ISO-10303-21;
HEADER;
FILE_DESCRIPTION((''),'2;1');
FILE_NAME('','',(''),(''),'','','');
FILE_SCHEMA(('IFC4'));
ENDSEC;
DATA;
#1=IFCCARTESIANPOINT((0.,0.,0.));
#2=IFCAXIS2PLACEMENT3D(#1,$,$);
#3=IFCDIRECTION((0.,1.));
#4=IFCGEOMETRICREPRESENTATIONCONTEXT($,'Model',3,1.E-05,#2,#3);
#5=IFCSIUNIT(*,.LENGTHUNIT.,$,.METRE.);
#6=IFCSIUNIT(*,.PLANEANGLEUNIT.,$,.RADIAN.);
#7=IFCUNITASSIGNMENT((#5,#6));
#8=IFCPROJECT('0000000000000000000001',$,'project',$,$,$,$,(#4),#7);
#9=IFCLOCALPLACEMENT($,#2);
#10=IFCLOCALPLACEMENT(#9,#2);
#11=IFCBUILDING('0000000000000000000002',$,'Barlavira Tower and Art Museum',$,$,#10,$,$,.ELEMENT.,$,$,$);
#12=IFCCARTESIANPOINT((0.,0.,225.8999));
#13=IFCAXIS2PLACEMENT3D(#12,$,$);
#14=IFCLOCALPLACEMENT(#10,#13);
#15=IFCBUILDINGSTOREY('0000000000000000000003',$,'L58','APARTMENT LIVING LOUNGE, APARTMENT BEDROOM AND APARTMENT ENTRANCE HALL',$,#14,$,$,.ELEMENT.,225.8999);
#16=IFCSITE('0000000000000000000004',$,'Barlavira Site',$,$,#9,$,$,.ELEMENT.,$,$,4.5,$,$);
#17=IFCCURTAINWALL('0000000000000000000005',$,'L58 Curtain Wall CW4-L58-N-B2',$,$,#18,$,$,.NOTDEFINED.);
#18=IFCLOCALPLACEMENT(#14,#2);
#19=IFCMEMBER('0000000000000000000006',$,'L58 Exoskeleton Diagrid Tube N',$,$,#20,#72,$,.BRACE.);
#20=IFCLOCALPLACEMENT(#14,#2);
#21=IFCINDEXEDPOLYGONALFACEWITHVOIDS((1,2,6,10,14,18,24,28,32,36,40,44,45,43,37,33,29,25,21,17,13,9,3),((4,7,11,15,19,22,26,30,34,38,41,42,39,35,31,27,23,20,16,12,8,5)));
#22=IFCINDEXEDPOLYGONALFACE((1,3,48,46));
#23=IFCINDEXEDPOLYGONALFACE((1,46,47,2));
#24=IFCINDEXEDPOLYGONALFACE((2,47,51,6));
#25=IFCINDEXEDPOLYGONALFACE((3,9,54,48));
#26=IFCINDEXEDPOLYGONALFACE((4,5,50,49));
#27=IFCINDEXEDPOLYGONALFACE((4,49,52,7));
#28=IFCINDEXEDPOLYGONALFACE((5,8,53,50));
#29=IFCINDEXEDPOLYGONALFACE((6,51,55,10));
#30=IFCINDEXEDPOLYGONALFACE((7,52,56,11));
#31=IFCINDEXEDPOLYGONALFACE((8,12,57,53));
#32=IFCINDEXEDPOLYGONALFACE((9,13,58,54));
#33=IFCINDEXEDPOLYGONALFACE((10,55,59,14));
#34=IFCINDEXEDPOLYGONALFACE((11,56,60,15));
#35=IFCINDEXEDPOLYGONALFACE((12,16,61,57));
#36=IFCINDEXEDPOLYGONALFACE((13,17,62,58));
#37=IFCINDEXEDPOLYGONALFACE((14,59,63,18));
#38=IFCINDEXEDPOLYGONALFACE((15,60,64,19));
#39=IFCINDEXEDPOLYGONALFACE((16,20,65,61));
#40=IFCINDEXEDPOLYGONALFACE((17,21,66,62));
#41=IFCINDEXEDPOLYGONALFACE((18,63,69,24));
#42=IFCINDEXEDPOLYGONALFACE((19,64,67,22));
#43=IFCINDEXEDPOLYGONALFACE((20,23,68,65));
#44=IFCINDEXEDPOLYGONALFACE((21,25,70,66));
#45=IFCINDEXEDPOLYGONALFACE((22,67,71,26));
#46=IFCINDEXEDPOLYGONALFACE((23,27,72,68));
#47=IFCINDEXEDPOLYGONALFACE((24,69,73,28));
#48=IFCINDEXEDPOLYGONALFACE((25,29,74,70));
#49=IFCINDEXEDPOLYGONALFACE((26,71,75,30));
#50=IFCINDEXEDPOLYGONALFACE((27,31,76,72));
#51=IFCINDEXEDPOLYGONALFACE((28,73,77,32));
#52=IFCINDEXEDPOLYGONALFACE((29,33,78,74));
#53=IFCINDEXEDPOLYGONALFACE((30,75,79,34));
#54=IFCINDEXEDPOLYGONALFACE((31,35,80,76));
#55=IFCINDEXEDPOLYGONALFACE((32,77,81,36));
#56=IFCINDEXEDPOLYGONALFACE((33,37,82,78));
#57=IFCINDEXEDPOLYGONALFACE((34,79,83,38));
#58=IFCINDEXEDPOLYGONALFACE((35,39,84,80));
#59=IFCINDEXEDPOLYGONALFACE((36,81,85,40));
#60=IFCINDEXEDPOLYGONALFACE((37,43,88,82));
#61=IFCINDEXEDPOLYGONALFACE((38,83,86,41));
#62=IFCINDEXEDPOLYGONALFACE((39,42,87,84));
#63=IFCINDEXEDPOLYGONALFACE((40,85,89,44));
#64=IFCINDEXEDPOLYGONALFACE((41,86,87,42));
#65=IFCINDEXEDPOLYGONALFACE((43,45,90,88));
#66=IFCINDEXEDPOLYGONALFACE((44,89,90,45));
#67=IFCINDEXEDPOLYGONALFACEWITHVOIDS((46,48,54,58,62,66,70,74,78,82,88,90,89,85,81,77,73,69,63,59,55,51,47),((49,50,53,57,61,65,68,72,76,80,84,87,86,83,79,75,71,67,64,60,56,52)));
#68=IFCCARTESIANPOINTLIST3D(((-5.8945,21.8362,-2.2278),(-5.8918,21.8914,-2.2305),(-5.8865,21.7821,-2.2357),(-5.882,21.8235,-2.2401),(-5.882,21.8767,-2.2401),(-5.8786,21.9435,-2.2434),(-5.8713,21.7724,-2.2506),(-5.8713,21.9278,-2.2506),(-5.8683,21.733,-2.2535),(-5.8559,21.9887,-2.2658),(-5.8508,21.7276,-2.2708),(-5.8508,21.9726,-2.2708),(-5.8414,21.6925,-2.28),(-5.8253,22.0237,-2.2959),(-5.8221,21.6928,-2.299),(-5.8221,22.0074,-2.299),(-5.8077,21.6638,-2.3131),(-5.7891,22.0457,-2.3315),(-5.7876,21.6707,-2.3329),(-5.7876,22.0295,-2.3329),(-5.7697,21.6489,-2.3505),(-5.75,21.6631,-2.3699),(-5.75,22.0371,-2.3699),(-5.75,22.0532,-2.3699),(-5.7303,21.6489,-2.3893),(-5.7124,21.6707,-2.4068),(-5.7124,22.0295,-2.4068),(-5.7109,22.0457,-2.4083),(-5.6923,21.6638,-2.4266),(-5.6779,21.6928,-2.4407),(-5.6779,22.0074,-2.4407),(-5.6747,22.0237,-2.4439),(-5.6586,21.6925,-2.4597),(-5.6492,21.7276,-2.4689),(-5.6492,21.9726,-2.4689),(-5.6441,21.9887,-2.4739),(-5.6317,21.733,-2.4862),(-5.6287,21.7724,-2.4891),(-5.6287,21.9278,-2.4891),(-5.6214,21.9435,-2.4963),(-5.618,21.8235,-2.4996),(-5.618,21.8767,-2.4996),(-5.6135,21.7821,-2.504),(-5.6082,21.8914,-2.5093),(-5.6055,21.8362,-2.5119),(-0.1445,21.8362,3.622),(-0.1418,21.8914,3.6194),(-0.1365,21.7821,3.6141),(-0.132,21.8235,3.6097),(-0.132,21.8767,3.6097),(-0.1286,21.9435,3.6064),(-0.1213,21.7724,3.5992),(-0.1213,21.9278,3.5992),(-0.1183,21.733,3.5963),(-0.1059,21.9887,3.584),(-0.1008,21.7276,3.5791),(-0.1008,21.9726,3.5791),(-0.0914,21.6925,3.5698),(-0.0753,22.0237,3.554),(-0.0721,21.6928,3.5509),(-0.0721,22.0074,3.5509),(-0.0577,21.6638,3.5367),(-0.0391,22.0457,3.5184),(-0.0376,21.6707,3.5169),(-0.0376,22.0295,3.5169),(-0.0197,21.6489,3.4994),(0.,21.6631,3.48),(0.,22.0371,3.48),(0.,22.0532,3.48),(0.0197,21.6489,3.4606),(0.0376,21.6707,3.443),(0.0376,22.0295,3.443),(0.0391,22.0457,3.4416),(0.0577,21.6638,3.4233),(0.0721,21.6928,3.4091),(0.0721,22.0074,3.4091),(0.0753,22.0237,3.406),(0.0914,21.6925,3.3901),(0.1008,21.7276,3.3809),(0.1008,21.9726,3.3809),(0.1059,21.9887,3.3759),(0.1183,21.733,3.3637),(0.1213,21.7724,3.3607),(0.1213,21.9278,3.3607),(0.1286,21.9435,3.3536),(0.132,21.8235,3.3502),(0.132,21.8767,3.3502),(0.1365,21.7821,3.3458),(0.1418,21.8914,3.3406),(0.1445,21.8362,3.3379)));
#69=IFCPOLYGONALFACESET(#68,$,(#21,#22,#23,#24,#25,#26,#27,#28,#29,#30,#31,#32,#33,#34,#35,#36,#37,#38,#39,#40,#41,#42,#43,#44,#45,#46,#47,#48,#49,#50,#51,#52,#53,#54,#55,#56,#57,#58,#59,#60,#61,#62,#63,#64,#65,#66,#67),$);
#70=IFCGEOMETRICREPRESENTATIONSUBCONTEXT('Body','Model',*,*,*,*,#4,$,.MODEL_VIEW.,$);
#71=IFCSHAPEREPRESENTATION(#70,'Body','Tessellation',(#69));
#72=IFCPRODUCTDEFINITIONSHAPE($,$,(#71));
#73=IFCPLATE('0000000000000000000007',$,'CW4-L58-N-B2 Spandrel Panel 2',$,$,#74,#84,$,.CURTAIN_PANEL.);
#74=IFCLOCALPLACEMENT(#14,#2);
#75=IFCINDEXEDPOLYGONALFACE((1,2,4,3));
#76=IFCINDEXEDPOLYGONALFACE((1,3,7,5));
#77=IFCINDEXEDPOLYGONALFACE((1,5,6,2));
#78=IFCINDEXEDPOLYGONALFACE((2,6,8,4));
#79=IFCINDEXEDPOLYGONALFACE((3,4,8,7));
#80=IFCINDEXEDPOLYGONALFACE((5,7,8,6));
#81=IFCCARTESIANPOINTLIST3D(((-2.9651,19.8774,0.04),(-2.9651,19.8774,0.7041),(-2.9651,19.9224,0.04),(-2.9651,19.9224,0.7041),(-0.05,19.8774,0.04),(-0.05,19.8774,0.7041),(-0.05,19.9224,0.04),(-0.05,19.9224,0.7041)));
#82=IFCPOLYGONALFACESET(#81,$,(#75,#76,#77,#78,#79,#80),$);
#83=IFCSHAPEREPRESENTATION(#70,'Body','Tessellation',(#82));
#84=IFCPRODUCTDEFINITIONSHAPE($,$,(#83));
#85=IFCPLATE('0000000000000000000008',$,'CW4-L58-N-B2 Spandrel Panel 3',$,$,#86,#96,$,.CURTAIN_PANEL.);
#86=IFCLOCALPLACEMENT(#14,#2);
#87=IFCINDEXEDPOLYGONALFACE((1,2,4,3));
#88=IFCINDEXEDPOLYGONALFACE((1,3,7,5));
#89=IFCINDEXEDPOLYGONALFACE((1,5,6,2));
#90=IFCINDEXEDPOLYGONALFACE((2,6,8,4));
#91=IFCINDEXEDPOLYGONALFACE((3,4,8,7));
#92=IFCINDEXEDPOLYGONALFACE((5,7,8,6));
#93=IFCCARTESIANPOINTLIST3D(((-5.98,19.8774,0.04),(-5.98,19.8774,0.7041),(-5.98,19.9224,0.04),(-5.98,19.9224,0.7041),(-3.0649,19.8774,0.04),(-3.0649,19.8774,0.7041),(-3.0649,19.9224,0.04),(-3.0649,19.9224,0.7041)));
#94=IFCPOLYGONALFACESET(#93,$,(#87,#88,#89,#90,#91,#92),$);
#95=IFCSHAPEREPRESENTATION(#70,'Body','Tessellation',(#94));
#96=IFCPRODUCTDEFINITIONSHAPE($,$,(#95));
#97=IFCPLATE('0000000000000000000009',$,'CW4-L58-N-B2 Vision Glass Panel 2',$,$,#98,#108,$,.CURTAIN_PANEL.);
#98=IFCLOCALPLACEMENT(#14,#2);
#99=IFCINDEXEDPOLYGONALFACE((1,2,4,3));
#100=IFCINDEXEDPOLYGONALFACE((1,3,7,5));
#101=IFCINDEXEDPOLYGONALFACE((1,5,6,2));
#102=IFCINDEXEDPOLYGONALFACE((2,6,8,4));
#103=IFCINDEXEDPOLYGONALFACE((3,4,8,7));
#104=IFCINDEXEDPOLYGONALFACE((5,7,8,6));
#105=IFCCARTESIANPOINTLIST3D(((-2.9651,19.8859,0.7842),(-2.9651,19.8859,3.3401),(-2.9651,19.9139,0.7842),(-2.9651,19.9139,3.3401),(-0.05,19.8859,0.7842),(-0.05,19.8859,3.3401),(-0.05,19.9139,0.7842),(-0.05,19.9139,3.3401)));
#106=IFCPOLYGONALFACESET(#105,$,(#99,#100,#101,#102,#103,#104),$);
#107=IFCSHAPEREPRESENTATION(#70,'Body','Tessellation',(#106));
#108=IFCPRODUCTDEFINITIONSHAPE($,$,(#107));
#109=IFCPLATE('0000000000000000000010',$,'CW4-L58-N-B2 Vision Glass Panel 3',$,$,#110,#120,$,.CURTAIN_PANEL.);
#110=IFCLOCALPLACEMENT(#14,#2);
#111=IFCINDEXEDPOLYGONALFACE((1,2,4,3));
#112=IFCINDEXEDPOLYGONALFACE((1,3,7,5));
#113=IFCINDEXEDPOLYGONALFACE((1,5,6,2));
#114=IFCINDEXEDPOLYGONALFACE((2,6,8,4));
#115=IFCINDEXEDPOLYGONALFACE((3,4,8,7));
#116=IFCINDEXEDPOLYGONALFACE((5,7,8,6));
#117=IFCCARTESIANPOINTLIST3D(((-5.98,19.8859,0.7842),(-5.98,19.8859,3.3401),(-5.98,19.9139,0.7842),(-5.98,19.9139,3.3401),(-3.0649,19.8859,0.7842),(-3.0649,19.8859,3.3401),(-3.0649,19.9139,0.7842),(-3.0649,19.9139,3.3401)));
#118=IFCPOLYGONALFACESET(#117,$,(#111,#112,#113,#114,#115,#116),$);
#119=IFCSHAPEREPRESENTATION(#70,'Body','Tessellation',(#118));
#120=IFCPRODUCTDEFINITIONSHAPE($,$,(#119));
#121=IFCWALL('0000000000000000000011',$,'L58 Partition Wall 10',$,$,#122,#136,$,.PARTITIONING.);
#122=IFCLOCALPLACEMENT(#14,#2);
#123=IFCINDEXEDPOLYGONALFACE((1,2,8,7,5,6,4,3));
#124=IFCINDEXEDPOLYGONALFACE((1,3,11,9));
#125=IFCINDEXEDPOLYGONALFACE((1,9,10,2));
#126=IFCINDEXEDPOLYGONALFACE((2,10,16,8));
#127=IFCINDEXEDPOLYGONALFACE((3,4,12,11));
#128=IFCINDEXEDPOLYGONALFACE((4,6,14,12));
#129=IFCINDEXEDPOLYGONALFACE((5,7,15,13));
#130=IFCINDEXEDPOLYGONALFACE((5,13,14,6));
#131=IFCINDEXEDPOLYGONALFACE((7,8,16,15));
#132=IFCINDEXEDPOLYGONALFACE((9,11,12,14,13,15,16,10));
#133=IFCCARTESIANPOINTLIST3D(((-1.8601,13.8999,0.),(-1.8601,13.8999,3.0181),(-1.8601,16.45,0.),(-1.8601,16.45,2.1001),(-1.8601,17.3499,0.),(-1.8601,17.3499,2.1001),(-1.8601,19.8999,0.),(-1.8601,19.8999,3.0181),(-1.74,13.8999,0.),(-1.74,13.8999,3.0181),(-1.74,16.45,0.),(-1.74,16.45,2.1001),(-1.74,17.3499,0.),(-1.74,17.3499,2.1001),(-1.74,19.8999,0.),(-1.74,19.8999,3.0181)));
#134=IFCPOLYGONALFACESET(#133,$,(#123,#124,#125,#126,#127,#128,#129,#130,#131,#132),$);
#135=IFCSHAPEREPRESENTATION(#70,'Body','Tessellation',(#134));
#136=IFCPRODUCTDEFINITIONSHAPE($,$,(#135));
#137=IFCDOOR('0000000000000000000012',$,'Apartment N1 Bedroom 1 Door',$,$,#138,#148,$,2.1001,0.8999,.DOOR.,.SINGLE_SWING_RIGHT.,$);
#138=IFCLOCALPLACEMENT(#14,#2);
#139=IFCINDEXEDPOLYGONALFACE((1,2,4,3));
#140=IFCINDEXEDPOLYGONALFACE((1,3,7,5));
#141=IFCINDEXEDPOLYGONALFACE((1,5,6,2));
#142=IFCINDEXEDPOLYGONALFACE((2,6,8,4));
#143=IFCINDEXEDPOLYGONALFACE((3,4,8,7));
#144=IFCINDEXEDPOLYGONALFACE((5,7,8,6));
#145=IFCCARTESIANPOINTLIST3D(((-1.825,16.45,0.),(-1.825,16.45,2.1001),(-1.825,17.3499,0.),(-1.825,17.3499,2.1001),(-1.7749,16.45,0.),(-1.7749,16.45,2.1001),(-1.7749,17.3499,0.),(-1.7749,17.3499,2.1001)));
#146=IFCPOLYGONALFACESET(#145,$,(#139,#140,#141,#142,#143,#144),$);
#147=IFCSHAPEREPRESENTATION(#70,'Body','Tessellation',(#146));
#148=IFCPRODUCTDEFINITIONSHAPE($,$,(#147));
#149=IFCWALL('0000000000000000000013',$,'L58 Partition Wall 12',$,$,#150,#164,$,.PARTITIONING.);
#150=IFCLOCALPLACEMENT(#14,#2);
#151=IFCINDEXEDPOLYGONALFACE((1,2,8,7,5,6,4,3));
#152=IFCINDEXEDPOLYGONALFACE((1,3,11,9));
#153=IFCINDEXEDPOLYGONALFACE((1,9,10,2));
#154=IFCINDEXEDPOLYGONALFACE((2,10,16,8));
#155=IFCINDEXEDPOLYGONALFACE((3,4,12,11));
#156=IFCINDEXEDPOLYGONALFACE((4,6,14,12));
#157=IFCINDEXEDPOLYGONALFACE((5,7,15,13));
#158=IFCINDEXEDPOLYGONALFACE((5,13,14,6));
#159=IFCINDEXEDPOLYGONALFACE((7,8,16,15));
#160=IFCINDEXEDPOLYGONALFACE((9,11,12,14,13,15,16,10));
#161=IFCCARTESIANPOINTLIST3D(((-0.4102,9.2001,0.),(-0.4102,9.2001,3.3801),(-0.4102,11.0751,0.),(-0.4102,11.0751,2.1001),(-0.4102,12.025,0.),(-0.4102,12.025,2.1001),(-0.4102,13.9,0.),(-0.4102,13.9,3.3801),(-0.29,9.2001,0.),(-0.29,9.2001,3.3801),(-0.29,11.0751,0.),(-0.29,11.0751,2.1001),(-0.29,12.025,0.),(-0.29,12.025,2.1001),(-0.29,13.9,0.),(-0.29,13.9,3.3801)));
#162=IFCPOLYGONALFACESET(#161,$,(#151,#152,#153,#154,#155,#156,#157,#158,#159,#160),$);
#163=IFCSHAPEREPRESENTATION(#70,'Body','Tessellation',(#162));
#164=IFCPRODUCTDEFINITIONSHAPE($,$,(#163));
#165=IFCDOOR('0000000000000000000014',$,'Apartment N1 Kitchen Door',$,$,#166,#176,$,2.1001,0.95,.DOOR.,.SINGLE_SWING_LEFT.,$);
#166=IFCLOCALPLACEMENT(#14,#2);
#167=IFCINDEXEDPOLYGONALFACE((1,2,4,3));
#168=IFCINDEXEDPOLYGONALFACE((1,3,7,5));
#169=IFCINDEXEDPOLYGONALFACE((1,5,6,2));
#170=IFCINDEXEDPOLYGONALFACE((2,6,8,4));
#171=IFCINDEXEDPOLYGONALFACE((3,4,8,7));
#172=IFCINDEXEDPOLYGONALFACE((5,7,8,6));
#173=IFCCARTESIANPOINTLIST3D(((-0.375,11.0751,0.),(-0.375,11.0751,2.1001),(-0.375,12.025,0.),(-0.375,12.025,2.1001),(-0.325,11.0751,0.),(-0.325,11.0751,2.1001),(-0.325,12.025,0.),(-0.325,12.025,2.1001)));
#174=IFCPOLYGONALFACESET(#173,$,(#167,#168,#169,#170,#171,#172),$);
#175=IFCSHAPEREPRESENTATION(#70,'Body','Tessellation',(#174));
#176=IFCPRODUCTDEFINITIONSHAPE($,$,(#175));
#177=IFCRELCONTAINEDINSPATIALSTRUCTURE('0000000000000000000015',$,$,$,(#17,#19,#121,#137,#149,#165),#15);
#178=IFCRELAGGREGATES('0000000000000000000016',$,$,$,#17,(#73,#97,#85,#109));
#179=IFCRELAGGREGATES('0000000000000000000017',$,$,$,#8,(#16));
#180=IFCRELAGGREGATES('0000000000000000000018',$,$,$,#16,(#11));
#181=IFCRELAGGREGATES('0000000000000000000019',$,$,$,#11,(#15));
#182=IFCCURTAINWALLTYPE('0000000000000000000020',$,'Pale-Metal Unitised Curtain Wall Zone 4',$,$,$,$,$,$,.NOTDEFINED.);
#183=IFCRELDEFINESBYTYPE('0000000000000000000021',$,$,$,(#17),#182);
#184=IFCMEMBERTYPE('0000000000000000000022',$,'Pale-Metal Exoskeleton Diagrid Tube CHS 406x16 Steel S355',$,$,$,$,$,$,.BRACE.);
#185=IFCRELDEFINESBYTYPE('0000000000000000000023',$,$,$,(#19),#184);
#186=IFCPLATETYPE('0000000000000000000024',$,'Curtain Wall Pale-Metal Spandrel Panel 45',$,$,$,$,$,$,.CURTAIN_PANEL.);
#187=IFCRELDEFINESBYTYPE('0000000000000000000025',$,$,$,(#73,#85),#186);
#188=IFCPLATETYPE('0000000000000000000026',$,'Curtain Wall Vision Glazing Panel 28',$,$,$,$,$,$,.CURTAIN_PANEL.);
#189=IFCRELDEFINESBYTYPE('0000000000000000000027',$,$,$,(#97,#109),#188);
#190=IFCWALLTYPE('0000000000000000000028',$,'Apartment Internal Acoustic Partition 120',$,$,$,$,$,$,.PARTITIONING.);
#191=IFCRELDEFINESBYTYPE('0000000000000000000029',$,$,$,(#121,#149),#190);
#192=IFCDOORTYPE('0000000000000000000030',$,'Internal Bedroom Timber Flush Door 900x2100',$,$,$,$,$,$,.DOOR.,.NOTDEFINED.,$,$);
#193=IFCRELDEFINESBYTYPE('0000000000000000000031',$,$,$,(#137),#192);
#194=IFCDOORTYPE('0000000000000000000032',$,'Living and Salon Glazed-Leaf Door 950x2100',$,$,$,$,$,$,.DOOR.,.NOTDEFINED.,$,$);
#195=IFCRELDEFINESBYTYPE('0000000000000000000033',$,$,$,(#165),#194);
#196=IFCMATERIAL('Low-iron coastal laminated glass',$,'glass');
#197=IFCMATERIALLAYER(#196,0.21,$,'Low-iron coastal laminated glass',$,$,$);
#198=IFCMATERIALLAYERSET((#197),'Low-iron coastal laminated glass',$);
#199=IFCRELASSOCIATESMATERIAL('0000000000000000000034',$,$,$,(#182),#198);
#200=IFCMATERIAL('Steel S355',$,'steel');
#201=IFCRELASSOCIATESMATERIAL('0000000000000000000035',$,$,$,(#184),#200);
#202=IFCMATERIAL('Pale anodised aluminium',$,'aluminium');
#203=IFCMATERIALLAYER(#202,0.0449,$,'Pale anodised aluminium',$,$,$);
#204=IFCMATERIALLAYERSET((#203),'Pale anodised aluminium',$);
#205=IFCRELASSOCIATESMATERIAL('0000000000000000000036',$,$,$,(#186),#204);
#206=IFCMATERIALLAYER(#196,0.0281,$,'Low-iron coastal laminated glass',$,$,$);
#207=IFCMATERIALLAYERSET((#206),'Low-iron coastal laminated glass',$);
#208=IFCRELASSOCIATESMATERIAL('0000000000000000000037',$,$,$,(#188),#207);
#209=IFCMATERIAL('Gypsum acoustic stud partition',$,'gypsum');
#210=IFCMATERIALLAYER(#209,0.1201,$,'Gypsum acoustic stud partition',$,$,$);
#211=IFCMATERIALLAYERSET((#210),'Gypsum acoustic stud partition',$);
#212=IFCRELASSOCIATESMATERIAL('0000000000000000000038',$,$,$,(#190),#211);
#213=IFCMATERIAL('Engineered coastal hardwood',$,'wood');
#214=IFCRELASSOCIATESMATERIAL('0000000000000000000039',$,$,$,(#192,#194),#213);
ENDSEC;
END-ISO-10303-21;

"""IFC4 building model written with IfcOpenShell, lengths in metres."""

from ifc_helpers import new_model, si_unit, direction, frame, frame_2d, origin, origin_2d, place, context, subcontext, project, spatial, rectangle, hollow_circle, extrude, material, layer, layer_set, material_profile, profile_set, type_object, element, fill, aggregate, save


model = new_model("IFC4")

# Units and contexts
model_context = context("Model", 3, precision=1e-05, world=origin(), true_north=direction((0.0, 1.0)))
body_context = subcontext(model_context, "Body", "Model", "MODEL_VIEW")
ifc_project = project(units=[si_unit("LENGTHUNIT", "METRE"), si_unit("PLANEANGLEUNIT", "RADIAN")], contexts=[model_context])

# Site, building, storey
site_placement = place(None, origin())
site = spatial("IfcSite", under=ifc_project, at=site_placement, Name="Barlavira Site", CompositionType="ELEMENT", RefElevation=4.5)
building_placement = place(site_placement, origin())
building = spatial("IfcBuilding", under=site, at=building_placement, Name="Barlavira Tower and Art Museum", CompositionType="ELEMENT")
storey_placement = place(building_placement, frame((0.0, 0.0, 225.8999)))
storey = spatial("IfcBuildingStorey", under=building, at=storey_placement, Name="L58", Description="APARTMENT LIVING LOUNGE, APARTMENT BEDROOM AND APARTMENT ENTRANCE HALL", CompositionType="ELEMENT", Elevation=225.8999)

# Curtain wall
ifc_material_1 = material(Name="Low-iron coastal laminated glass", Category="glass")
ifc_layer_1 = layer(ifc_material_1, 0.21, Name="Low-iron coastal laminated glass")
ifc_layer_set_1 = layer_set([ifc_layer_1], Name="Low-iron coastal laminated glass")
curtain_wall_type = type_object("IfcCurtainWallType", Name="Pale-Metal Unitised Curtain Wall Zone 4", PredefinedType="NOTDEFINED", material=ifc_layer_set_1)
curtain_wall_placement = place(storey_placement, origin())
curtain_wall = element("IfcCurtainWall", 1, at=curtain_wall_placement, inside=storey, type_object=curtain_wall_type, Name="L58 Curtain Wall CW4-L58-N-B2", PredefinedType="NOTDEFINED")
ifc_material_2 = material(Name="Pale anodised aluminium", Category="aluminium")

# Member
ifc_material_3 = material(Name="Steel S355", Category="steel")
ifc_material_profile_1 = material_profile(ifc_material_3, hollow_circle(Radius=0.2031, WallThickness=0.0161, at=origin_2d()), Name="CHS 406.4x16.0")
ifc_profile_set_1 = profile_set([ifc_material_profile_1], Name="Steel S355")
member_type_1 = type_object("IfcMemberType", Name="Pale-Metal Exoskeleton Diagrid Tube CHS 406x16 Steel S355", PredefinedType="BRACE", material=ifc_profile_set_1)
for number, where, z_axis, x_axis, name in (
    (2, (-5.75, 21.8501, -2.3699), (0.700994, 0.0, 0.713167), (0.0, 1.0, 0.0), "L58 Exoskeleton Diagrid Tube N"),
):
    element("IfcMember", number, at=place(storey_placement, frame(where, z_axis=z_axis, x_axis=x_axis)), inside=storey, type_object=member_type_1, Name=name, PredefinedType="BRACE", context=body_context, shape_type="SweptSolid", body=[
        extrude(hollow_circle(Radius=0.2031, WallThickness=0.0161, at=origin_2d()), origin(), (0.0, 0.0, 1.0), 8.2026),
    ])

# Plates
ifc_layer_2 = layer(ifc_material_2, 0.0449, Name="Pale anodised aluminium")
ifc_layer_set_2 = layer_set([ifc_layer_2], Name="Pale anodised aluminium")
plate_type_1 = type_object("IfcPlateType", Name="Curtain Wall Pale-Metal Spandrel Panel 45", PredefinedType="CURTAIN_PANEL", material=ifc_layer_set_2)
plate_1_placement = place(storey_placement, frame((-1.5076, 19.8999, 0.04), z_axis=(0.0, 0.0, 1.0), x_axis=(-1.0, 0.0, 0.0)))
plate_1 = element("IfcPlate", 3, at=plate_1_placement, type_object=plate_type_1, Name="CW4-L58-N-B2 Spandrel Panel 2", PredefinedType="CURTAIN_PANEL", context=body_context, shape_type="SweptSolid", body=[
    extrude(rectangle(XDim=2.915, YDim=0.0449, at=origin_2d()), origin(), (0.0, 0.0, 1.0), 0.6641),
])
plate_2_placement = place(storey_placement, frame((-4.5225, 19.8999, 0.04), z_axis=(0.0, 0.0, 1.0), x_axis=(-1.0, 0.0, 0.0)))
plate_2 = element("IfcPlate", 4, at=plate_2_placement, type_object=plate_type_1, Name="CW4-L58-N-B2 Spandrel Panel 3", PredefinedType="CURTAIN_PANEL", context=body_context, shape_type="SweptSolid", body=[
    extrude(rectangle(XDim=2.915, YDim=0.0449, at=origin_2d()), origin(), (0.0, 0.0, 1.0), 0.6641),
])
ifc_layer_3 = layer(ifc_material_1, 0.0281, Name="Low-iron coastal laminated glass")
ifc_layer_set_3 = layer_set([ifc_layer_3], Name="Low-iron coastal laminated glass")
plate_type_2 = type_object("IfcPlateType", Name="Curtain Wall Vision Glazing Panel 28", PredefinedType="CURTAIN_PANEL", material=ifc_layer_set_3)
plate_3_placement = place(storey_placement, frame((-1.5076, 19.8999, 0.7842), z_axis=(0.0, 0.0, 1.0), x_axis=(-1.0, 0.0, 0.0)))
plate_3 = element("IfcPlate", 5, at=plate_3_placement, type_object=plate_type_2, Name="CW4-L58-N-B2 Vision Glass Panel 2", PredefinedType="CURTAIN_PANEL", context=body_context, shape_type="SweptSolid", body=[
    extrude(rectangle(XDim=2.915, YDim=0.0281, at=origin_2d()), origin(), (0.0, 0.0, 1.0), 2.5559),
])
plate_4_placement = place(storey_placement, frame((-4.5225, 19.8999, 0.7842), z_axis=(0.0, 0.0, 1.0), x_axis=(-1.0, 0.0, 0.0)))
plate_4 = element("IfcPlate", 6, at=plate_4_placement, type_object=plate_type_2, Name="CW4-L58-N-B2 Vision Glass Panel 3", PredefinedType="CURTAIN_PANEL", context=body_context, shape_type="SweptSolid", body=[
    extrude(rectangle(XDim=2.915, YDim=0.0281, at=origin_2d()), origin(), (0.0, 0.0, 1.0), 2.5559),
])
aggregate(curtain_wall, [plate_1, plate_3, plate_2, plate_4])

# Walls, openings, doors
ifc_material_4 = material(Name="Gypsum acoustic stud partition", Category="gypsum")
ifc_layer_4 = layer(ifc_material_4, 0.1201, Name="Gypsum acoustic stud partition")
ifc_layer_set_4 = layer_set([ifc_layer_4], Name="Gypsum acoustic stud partition")
wall_type_1 = type_object("IfcWallType", Name="Apartment Internal Acoustic Partition 120", PredefinedType="PARTITIONING", material=ifc_layer_set_4)
wall_1_placement = place(storey_placement, frame((-1.8, 13.8999, 0.0), z_axis=(0.0, 0.0, 1.0), x_axis=(0.0, 1.0, 0.0)))
wall_1 = element("IfcWall", 7, at=wall_1_placement, inside=storey, type_object=wall_type_1, Name="L58 Partition Wall 10", PredefinedType="PARTITIONING", context=body_context, shape_type="SweptSolid", body=[
    extrude(rectangle(XDim=6.0, YDim=0.1201, at=frame_2d((3.0, 0.0))), origin(), (0.0, 0.0, 1.0), 3.0181),
])
opening_1_placement = place(wall_1_placement, frame((2.55, 0.0, 0.0)))
opening_1 = element("IfcOpeningElement", 8, at=opening_1_placement, cuts=wall_1, PredefinedType="OPENING", context=body_context, shape_type="SweptSolid", body=[
    extrude(rectangle(XDim=0.8999, YDim=2.1001, at=frame_2d((0.45, 1.05))), frame((0.0, 0.0701, 0.0), z_axis=(0.0, -1.0, 0.0), x_axis=(1.0, 0.0, 0.0)), (0.0, 0.0, 1.0), 0.1401),
])
ifc_material_5 = material(Name="Engineered coastal hardwood", Category="wood")
door_type_1 = type_object("IfcDoorType", Name="Internal Bedroom Timber Flush Door 900x2100", OperationType="NOTDEFINED", PredefinedType="DOOR", material=ifc_material_5)
door_1_placement = place(opening_1_placement, origin())
door_1 = element("IfcDoor", 9, at=door_1_placement, inside=storey, type_object=door_type_1, Name="Apartment N1 Bedroom 1 Door", OperationType="SINGLE_SWING_RIGHT", OverallHeight=2.1001, OverallWidth=0.8999, PredefinedType="DOOR", context=body_context, shape_type="SweptSolid", body=[
    extrude(rectangle(XDim=0.8999, YDim=2.1001, at=frame_2d((0.45, 1.05))), frame((0.0, 0.0249, 0.0), z_axis=(0.0, -1.0, 0.0), x_axis=(1.0, 0.0, 0.0)), (0.0, 0.0, 1.0), 0.05),
])
fill(opening_1, door_1)
wall_2_placement = place(storey_placement, frame((-0.3501, 9.2, 0.0), z_axis=(0.0, 0.0, 1.0), x_axis=(0.0, 1.0, 0.0)))
wall_2 = element("IfcWall", 10, at=wall_2_placement, inside=storey, type_object=wall_type_1, Name="L58 Partition Wall 12", PredefinedType="PARTITIONING", context=body_context, shape_type="SweptSolid", body=[
    extrude(rectangle(XDim=4.7, YDim=0.1201, at=frame_2d((2.3501, 0.0))), origin(), (0.0, 0.0, 1.0), 3.3801),
])
opening_2_placement = place(wall_2_placement, frame((1.875, 0.0, 0.0)))
opening_2 = element("IfcOpeningElement", 11, at=opening_2_placement, cuts=wall_2, PredefinedType="OPENING", context=body_context, shape_type="SweptSolid", body=[
    extrude(rectangle(XDim=0.95, YDim=2.1001, at=frame_2d((0.4751, 1.05))), frame((0.0, 0.0701, 0.0), z_axis=(0.0, -1.0, 0.0), x_axis=(1.0, 0.0, 0.0)), (0.0, 0.0, 1.0), 0.1401),
])
door_type_2 = type_object("IfcDoorType", Name="Living and Salon Glazed-Leaf Door 950x2100", OperationType="NOTDEFINED", PredefinedType="DOOR", material=ifc_material_5)
door_2_placement = place(opening_2_placement, origin())
door_2 = element("IfcDoor", 12, at=door_2_placement, inside=storey, type_object=door_type_2, Name="Apartment N1 Kitchen Door", OperationType="SINGLE_SWING_LEFT", OverallHeight=2.1001, OverallWidth=0.95, PredefinedType="DOOR", context=body_context, shape_type="SweptSolid", body=[
    extrude(rectangle(XDim=0.95, YDim=2.1001, at=frame_2d((0.4751, 1.05))), frame((0.0, 0.0249, 0.0), z_axis=(0.0, -1.0, 0.0), x_axis=(1.0, 0.0, 0.0)), (0.0, 0.0, 1.0), 0.05),
])
fill(opening_2, door_2)

save(model, "model.ifc")
